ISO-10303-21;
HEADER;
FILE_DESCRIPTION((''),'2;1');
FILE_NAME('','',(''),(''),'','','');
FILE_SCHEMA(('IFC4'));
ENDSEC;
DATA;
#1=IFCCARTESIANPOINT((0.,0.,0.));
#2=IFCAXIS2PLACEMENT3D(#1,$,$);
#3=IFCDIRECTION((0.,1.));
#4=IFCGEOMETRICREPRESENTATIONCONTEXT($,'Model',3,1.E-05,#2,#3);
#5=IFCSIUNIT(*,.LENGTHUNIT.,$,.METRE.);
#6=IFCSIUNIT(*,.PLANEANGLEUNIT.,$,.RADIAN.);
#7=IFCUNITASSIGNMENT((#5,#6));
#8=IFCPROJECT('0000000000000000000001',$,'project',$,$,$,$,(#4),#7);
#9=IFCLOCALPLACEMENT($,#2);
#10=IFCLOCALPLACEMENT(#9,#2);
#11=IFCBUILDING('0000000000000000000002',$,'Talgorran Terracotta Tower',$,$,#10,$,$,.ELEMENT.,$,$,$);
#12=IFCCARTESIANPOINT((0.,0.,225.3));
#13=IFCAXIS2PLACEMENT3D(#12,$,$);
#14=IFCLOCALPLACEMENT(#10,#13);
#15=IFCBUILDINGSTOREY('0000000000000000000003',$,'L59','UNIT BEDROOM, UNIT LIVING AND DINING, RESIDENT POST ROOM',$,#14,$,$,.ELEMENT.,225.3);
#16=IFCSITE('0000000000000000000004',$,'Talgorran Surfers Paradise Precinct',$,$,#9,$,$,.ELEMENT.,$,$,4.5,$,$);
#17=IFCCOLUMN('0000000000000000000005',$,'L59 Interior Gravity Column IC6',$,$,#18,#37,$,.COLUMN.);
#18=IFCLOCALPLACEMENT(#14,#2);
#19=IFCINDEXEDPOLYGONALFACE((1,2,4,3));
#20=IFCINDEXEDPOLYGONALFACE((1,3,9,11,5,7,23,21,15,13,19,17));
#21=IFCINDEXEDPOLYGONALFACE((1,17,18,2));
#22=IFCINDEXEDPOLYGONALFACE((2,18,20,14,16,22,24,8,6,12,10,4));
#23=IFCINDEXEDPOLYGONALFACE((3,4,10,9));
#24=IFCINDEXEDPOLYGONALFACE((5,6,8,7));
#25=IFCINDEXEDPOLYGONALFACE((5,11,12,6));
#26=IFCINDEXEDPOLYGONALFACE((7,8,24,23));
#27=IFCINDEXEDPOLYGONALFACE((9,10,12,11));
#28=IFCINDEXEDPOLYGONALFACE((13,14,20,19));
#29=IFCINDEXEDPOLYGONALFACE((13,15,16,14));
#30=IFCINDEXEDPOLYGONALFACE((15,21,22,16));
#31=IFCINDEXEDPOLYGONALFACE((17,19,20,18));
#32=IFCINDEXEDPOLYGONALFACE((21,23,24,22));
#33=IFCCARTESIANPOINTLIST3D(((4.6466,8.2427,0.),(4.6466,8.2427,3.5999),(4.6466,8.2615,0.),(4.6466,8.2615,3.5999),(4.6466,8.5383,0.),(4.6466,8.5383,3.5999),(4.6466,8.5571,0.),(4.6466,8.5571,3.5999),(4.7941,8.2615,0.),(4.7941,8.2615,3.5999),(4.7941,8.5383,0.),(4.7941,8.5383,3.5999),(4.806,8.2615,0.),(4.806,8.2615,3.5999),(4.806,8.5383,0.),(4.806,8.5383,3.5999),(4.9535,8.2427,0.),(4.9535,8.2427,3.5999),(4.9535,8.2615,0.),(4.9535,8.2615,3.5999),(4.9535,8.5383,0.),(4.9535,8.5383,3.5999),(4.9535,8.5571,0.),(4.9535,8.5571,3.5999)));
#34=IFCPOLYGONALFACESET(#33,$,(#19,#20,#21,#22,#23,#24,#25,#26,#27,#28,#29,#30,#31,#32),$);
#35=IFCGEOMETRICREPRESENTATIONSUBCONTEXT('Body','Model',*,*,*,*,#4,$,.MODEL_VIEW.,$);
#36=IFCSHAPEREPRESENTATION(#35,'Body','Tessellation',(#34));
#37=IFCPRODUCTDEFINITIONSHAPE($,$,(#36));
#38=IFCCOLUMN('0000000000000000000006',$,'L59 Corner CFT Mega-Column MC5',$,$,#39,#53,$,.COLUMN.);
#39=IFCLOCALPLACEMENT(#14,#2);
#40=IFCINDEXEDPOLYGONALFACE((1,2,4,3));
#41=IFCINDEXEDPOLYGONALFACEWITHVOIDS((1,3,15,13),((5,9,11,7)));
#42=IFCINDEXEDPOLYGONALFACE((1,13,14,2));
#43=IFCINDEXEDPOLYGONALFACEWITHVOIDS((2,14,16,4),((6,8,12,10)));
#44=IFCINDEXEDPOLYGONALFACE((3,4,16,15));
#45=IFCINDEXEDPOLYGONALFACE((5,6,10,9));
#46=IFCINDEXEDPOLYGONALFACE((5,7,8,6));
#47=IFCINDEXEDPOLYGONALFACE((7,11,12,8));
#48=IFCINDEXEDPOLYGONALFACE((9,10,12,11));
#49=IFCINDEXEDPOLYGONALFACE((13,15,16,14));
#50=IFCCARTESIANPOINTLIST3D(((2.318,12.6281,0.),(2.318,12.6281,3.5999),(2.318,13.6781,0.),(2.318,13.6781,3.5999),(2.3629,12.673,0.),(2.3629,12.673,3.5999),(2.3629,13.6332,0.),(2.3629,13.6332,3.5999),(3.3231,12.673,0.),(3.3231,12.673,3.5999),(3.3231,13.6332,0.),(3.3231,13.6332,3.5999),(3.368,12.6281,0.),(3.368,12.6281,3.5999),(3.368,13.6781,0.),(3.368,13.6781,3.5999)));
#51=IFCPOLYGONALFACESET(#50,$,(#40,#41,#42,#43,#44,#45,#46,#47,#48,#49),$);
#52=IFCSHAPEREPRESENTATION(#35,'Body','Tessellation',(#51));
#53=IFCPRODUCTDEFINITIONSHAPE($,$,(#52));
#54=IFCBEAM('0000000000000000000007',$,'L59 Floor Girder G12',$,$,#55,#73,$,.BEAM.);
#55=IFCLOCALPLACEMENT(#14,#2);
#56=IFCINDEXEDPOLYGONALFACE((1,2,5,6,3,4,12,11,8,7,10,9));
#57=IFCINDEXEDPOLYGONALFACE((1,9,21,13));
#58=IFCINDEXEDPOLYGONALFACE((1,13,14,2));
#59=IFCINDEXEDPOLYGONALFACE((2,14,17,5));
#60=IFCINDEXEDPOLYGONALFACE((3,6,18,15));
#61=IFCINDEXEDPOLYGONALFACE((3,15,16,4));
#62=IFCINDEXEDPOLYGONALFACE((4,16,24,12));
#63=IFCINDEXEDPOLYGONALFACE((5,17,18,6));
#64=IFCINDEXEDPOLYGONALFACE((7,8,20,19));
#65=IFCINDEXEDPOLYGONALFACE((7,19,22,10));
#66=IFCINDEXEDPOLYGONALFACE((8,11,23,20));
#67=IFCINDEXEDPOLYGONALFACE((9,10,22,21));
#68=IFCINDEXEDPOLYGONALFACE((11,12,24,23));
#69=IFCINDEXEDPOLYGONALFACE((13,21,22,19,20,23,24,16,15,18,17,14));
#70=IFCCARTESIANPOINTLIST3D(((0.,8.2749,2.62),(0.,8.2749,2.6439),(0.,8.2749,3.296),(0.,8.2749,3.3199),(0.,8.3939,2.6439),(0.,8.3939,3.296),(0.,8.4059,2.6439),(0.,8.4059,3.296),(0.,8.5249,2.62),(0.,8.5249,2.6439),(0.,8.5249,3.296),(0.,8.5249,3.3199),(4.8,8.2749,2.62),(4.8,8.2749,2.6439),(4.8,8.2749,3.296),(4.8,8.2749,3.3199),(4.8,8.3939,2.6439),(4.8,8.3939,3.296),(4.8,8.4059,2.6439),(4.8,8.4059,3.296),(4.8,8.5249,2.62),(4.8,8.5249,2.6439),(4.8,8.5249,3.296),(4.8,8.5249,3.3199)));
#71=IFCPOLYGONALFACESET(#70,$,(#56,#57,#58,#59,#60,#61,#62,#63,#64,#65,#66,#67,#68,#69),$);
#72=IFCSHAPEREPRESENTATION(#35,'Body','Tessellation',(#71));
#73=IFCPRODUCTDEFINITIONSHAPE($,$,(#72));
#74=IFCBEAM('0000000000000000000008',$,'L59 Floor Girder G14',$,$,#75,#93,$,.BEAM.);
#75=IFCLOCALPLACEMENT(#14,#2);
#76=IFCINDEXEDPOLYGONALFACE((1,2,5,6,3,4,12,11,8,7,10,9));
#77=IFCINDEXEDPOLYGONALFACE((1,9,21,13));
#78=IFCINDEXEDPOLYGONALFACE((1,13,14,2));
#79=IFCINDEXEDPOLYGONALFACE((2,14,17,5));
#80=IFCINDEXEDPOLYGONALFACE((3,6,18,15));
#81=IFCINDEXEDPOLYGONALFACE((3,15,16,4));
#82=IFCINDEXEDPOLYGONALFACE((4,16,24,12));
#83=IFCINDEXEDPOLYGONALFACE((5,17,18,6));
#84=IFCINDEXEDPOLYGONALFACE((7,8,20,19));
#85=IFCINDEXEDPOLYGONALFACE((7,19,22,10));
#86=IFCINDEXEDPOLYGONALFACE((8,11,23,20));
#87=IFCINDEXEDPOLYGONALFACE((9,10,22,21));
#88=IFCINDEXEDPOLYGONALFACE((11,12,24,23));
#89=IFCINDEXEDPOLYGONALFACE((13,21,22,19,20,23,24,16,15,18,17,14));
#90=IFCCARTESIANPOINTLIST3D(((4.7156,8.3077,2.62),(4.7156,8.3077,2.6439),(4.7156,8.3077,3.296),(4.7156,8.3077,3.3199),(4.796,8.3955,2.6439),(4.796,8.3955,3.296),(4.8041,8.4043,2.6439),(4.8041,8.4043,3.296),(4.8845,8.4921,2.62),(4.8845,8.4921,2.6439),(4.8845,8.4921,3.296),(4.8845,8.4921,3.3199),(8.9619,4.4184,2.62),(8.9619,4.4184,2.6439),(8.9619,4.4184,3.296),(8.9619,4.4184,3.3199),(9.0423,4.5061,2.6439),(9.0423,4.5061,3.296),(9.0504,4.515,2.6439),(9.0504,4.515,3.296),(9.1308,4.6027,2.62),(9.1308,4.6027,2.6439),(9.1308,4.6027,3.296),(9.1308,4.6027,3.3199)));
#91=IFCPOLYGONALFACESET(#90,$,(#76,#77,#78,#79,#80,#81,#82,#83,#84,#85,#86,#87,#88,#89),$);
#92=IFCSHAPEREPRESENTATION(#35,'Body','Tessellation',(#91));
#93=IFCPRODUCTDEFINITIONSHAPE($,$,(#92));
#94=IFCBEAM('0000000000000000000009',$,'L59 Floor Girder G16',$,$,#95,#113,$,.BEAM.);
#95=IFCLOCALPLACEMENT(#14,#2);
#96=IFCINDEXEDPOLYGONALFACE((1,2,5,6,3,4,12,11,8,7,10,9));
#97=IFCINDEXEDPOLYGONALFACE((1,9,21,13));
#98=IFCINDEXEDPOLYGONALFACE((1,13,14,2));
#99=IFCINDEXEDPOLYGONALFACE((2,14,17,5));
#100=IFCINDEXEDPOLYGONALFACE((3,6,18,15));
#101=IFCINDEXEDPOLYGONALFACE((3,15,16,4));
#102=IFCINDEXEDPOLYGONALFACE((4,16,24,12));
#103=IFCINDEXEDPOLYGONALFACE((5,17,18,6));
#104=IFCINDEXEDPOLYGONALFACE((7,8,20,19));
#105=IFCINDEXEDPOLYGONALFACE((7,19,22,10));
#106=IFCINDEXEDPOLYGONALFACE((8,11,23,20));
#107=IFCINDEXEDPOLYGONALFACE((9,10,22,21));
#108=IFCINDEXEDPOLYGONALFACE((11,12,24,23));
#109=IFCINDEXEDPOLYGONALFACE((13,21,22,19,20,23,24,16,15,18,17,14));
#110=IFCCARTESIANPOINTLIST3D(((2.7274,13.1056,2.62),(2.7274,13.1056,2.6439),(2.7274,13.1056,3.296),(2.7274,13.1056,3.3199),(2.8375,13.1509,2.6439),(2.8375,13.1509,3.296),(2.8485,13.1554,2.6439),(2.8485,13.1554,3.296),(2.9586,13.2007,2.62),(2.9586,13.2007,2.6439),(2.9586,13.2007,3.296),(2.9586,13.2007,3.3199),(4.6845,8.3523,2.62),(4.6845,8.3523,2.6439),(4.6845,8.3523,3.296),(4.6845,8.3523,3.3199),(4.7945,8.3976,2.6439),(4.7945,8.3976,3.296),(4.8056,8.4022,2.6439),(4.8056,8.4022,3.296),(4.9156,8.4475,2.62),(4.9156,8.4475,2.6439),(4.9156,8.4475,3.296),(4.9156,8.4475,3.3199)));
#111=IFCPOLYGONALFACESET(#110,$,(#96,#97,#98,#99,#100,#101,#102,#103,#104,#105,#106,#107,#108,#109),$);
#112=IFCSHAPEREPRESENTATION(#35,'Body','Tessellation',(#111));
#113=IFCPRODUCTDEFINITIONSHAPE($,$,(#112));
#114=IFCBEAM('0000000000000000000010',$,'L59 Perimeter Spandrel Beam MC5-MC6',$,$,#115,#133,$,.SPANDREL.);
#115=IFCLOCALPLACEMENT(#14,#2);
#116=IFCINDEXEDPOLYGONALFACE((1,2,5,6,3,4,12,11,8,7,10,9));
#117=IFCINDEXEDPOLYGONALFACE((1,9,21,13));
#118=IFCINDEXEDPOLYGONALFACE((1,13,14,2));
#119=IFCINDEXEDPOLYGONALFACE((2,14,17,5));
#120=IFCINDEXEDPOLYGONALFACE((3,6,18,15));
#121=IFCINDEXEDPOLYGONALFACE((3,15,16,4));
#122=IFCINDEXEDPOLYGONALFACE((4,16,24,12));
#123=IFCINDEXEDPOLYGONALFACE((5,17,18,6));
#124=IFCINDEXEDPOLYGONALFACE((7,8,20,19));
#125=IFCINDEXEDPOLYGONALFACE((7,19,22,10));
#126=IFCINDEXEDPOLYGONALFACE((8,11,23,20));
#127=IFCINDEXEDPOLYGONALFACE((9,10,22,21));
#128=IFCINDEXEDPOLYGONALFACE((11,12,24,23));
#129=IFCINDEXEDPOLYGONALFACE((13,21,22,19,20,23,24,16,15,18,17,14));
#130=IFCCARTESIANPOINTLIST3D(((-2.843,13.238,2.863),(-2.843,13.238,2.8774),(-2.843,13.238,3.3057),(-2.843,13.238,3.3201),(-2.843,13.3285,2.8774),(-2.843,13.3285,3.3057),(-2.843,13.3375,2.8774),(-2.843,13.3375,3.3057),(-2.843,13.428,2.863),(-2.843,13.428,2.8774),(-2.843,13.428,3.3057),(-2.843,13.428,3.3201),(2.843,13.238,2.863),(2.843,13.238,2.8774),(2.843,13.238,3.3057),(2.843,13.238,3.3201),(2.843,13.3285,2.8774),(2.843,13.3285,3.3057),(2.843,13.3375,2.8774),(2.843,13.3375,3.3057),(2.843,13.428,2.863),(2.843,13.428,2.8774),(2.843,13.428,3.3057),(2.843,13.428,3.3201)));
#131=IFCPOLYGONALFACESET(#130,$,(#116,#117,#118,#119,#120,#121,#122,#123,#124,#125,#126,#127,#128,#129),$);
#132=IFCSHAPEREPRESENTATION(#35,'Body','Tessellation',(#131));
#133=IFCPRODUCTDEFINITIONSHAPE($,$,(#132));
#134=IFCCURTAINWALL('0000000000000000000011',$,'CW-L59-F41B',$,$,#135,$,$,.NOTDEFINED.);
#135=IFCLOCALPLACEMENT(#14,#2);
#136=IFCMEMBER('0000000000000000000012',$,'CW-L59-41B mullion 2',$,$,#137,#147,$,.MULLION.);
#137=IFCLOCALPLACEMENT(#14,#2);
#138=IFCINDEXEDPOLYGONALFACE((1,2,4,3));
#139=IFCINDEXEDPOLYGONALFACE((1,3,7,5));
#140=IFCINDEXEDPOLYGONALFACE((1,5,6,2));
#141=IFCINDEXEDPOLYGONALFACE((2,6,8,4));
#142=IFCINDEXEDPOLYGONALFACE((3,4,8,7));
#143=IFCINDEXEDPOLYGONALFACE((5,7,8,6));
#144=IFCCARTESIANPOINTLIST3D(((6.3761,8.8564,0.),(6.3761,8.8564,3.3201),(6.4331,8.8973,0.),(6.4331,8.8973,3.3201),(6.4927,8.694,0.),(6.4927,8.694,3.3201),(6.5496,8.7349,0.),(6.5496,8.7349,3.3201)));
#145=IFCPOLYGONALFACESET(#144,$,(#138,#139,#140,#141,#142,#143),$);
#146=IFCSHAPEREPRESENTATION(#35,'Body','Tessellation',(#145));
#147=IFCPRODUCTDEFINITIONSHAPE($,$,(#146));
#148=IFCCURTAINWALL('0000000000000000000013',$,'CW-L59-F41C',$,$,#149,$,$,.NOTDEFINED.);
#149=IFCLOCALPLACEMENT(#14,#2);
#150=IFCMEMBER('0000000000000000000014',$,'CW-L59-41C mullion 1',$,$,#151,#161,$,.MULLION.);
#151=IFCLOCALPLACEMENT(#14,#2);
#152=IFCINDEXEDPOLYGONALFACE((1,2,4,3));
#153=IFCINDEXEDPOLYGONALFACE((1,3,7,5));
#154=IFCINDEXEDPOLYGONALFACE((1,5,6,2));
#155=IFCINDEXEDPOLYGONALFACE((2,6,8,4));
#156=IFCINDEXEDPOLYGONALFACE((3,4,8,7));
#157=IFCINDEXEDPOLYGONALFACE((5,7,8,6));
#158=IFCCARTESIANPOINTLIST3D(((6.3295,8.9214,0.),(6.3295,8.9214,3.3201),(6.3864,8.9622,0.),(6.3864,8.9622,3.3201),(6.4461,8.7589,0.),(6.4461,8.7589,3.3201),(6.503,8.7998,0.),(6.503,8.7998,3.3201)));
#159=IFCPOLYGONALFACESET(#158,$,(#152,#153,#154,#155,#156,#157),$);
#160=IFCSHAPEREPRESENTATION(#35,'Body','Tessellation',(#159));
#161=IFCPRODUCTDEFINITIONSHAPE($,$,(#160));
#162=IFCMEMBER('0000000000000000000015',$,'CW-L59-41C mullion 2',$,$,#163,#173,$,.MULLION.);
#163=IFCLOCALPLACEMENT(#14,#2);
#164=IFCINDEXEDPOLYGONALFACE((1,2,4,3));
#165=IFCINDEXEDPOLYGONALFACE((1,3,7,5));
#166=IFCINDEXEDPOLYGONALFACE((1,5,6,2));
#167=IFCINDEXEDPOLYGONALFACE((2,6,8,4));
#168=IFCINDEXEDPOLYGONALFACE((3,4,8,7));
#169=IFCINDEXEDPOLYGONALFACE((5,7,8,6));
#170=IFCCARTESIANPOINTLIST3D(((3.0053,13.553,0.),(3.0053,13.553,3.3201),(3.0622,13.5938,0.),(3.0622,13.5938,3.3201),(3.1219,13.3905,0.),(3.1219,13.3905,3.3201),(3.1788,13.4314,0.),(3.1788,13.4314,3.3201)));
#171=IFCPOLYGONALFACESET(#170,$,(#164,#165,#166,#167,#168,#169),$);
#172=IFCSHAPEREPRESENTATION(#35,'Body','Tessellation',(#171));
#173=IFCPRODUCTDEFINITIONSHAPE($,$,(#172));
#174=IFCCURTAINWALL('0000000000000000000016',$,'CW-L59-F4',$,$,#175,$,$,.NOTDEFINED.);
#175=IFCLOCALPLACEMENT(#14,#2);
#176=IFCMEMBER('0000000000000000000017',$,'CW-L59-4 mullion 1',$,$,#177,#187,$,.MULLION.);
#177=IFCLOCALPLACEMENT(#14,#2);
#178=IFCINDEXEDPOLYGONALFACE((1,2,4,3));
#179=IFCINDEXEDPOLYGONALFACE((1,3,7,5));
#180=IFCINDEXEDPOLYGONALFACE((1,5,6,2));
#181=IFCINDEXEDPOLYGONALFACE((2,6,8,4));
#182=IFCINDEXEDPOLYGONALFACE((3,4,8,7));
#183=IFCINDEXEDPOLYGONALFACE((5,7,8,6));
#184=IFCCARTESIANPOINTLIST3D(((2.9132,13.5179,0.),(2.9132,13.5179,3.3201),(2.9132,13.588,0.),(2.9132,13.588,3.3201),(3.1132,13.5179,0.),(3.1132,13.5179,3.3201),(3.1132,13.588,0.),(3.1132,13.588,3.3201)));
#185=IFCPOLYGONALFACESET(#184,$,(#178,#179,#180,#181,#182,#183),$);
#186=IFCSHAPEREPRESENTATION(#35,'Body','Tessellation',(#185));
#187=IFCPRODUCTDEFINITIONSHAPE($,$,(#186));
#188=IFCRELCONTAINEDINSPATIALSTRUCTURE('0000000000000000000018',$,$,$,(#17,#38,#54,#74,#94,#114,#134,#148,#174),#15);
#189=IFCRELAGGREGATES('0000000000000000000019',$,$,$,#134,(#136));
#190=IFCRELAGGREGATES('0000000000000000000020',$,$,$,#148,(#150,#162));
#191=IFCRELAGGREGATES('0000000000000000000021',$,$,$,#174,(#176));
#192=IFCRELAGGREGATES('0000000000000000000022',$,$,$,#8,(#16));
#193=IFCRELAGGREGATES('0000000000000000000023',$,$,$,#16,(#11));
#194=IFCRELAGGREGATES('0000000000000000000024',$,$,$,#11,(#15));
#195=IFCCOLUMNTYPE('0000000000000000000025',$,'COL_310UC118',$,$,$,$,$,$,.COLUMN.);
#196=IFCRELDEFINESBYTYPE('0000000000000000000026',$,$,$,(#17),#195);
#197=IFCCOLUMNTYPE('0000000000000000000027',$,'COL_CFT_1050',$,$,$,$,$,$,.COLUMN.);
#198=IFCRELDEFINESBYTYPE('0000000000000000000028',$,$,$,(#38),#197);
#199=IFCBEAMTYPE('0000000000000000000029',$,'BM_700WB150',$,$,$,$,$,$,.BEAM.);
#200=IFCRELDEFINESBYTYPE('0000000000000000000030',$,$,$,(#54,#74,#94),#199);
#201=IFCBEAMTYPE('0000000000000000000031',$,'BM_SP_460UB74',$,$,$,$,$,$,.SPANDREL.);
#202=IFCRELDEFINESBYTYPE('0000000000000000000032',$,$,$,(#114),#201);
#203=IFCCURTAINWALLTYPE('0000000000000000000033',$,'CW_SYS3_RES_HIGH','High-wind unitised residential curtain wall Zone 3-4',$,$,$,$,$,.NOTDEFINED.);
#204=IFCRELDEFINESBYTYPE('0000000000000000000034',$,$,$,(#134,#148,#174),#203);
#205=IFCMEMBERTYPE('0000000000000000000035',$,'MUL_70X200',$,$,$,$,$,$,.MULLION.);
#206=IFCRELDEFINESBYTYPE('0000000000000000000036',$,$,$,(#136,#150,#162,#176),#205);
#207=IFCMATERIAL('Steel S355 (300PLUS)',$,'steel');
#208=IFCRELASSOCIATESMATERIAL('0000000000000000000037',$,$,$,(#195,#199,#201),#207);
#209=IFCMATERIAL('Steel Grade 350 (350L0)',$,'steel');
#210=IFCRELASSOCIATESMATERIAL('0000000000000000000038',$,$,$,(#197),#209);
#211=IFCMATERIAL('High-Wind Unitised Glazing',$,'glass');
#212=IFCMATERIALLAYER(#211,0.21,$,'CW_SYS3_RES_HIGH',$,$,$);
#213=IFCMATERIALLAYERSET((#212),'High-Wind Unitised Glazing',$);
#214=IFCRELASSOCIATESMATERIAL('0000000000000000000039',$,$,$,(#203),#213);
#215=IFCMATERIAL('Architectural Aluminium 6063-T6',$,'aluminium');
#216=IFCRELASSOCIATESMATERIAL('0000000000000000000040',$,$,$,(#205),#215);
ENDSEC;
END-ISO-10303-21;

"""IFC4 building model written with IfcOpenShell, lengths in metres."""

from ifc_helpers import new_model, si_unit, direction, frame, origin, origin_2d, place, context, subcontext, project, spatial, rectangle, hollow_rectangle, i_section, extrude, material, layer, layer_set, material_profile, profile_set, type_object, element, aggregate, save


model = new_model("IFC4")

# Units and contexts
model_context = context("Model", 3, precision=1e-05, world=origin(), true_north=direction((0.0, 1.0)))
body_context = subcontext(model_context, "Body", "Model", "MODEL_VIEW")
ifc_project = project(units=[si_unit("LENGTHUNIT", "METRE"), si_unit("PLANEANGLEUNIT", "RADIAN")], contexts=[model_context])

# Site, building, storey
site_placement = place(None, origin())
site = spatial("IfcSite", under=ifc_project, at=site_placement, Name="Talgorran Surfers Paradise Precinct", CompositionType="ELEMENT", RefElevation=4.5)
building_placement = place(site_placement, origin())
building = spatial("IfcBuilding", under=site, at=building_placement, Name="Talgorran Terracotta Tower", CompositionType="ELEMENT")
storey_placement = place(building_placement, frame((0.0, 0.0, 225.3)))
storey = spatial("IfcBuildingStorey", under=building, at=storey_placement, Name="L59", Description="UNIT BEDROOM, UNIT LIVING AND DINING, RESIDENT POST ROOM", CompositionType="ELEMENT", Elevation=225.3)

# Columns
ifc_material_1 = material(Name="Steel S355 (300PLUS)", Category="steel")
ifc_material_profile_1 = material_profile(ifc_material_1, i_section(OverallWidth=0.3069, OverallDepth=0.3145, WebThickness=0.012, FlangeThickness=0.0188, at=origin_2d()), Name="310UC118")
ifc_profile_set_1 = profile_set([ifc_material_profile_1], Name="Steel S355 (300PLUS)")
column_type_1 = type_object("IfcColumnType", Name="COL_310UC118", PredefinedType="COLUMN", material=ifc_profile_set_1)
column_1_placement = place(storey_placement, frame((4.8, 8.3999, 0.0), z_axis=(0.0, 0.0, 1.0), x_axis=(1.0, 0.0, 0.0)))
element("IfcColumn", 1, at=column_1_placement, inside=storey, type_object=column_type_1, Name="L59 Interior Gravity Column IC6", PredefinedType="COLUMN", context=body_context, shape_type="SweptSolid", body=[
    extrude(i_section(OverallWidth=0.3069, OverallDepth=0.3145, WebThickness=0.012, FlangeThickness=0.0188, at=origin_2d()), origin(), (0.0, 0.0, 1.0), 3.5999),
])
ifc_material_2 = material(Name="Steel Grade 350 (350L0)", Category="steel")
ifc_material_profile_2 = material_profile(ifc_material_2, hollow_rectangle(XDim=1.05, YDim=1.05, WallThickness=0.0449, at=origin_2d()), Name="CFT1050X1050X45")
ifc_profile_set_2 = profile_set([ifc_material_profile_2], Name="Steel Grade 350 (350L0)")
column_type_2 = type_object("IfcColumnType", Name="COL_CFT_1050", PredefinedType="COLUMN", material=ifc_profile_set_2)
column_2_placement = place(storey_placement, frame((2.843, 13.1531, 0.0), z_axis=(0.0, 0.0, 1.0), x_axis=(1.0, 0.0, 0.0)))
element("IfcColumn", 2, at=column_2_placement, inside=storey, type_object=column_type_2, Name="L59 Corner CFT Mega-Column MC5", PredefinedType="COLUMN", context=body_context, shape_type="SweptSolid", body=[
    extrude(hollow_rectangle(XDim=1.05, YDim=1.05, WallThickness=0.0449, at=origin_2d()), origin(), (0.0, 0.0, 1.0), 3.5999),
])

# Beams
ifc_material_profile_3 = material_profile(ifc_material_1, i_section(OverallWidth=0.25, OverallDepth=0.7, WebThickness=0.012, FlangeThickness=0.0239, at=origin_2d()), Name="700WB150")
ifc_profile_set_3 = profile_set([ifc_material_profile_3], Name="Steel S355 (300PLUS)")
beam_type_1 = type_object("IfcBeamType", Name="BM_700WB150", PredefinedType="BEAM", material=ifc_profile_set_3)
beam_1_placement = place(storey_placement, frame((0.0, 8.3999, 2.97), z_axis=(1.0, 0.0, 0.0), x_axis=(0.0, 1.0, 0.0)))
element("IfcBeam", 3, at=beam_1_placement, inside=storey, type_object=beam_type_1, Name="L59 Floor Girder G12", PredefinedType="BEAM", context=body_context, shape_type="SweptSolid", body=[
    extrude(i_section(OverallWidth=0.25, OverallDepth=0.7, WebThickness=0.012, FlangeThickness=0.0239, at=origin_2d()), origin(), (0.0, 0.0, 1.0), 4.8),
])
beam_2_placement = place(storey_placement, frame((4.8, 8.3999, 2.97), z_axis=(0.73742, -0.675435, 0.0), x_axis=(0.675435, 0.73742, 0.0)))
element("IfcBeam", 4, at=beam_2_placement, inside=storey, type_object=beam_type_1, Name="L59 Floor Girder G14", PredefinedType="BEAM", context=body_context, shape_type="SweptSolid", body=[
    extrude(i_section(OverallWidth=0.25, OverallDepth=0.7, WebThickness=0.012, FlangeThickness=0.0239, at=origin_2d()), origin(), (0.0, 0.0, 1.0), 5.7583),
])
beam_3_placement = place(storey_placement, frame((4.8, 8.3999, 2.97), z_axis=(-0.380724, 0.924689, 0.0), x_axis=(-0.924689, -0.380724, 0.0)))
element("IfcBeam", 5, at=beam_3_placement, inside=storey, type_object=beam_type_1, Name="L59 Floor Girder G16", PredefinedType="BEAM", context=body_context, shape_type="SweptSolid", body=[
    extrude(i_section(OverallWidth=0.25, OverallDepth=0.7, WebThickness=0.012, FlangeThickness=0.0239, at=origin_2d()), origin(), (0.0, 0.0, 1.0), 5.1404),
])
ifc_material_profile_4 = material_profile(ifc_material_1, i_section(OverallWidth=0.1899, OverallDepth=0.457, WebThickness=0.009, FlangeThickness=0.0144, at=origin_2d()), Name="460UB74.6")
ifc_profile_set_4 = profile_set([ifc_material_profile_4], Name="Steel S355 (300PLUS)")
beam_type_2 = type_object("IfcBeamType", Name="BM_SP_460UB74", PredefinedType="SPANDREL", material=ifc_profile_set_4)
beam_4_placement = place(storey_placement, frame((2.843, 13.333, 3.0916), z_axis=(-1.0, 0.0, 0.0), x_axis=(0.0, -1.0, 0.0)))
element("IfcBeam", 6, at=beam_4_placement, inside=storey, type_object=beam_type_2, Name="L59 Perimeter Spandrel Beam MC5-MC6", PredefinedType="SPANDREL", context=body_context, shape_type="SweptSolid", body=[
    extrude(i_section(OverallWidth=0.1899, OverallDepth=0.457, WebThickness=0.009, FlangeThickness=0.0144, at=origin_2d()), origin(), (0.0, 0.0, 1.0), 5.686),
])

# Curtain wall, member
ifc_material_3 = material(Name="High-Wind Unitised Glazing", Category="glass")
ifc_layer_1 = layer(ifc_material_3, 0.21, Name="CW_SYS3_RES_HIGH")
ifc_layer_set_1 = layer_set([ifc_layer_1], Name="High-Wind Unitised Glazing")
curtain_wall_type = type_object("IfcCurtainWallType", Name="CW_SYS3_RES_HIGH", Description="High-wind unitised residential curtain wall Zone 3-4", PredefinedType="NOTDEFINED", material=ifc_layer_set_1)
curtain_wall_1_placement = place(storey_placement, origin())
curtain_wall_1 = element("IfcCurtainWall", 7, at=curtain_wall_1_placement, inside=storey, type_object=curtain_wall_type, Name="CW-L59-F41B", PredefinedType="NOTDEFINED")
ifc_material_4 = material(Name="Architectural Aluminium 6063-T6", Category="aluminium")
ifc_material_profile_5 = material_profile(ifc_material_4, rectangle(XDim=0.0701, YDim=0.2, at=origin_2d()), Name="CWM70X200")
ifc_profile_set_5 = profile_set([ifc_material_profile_5], Name="Architectural Aluminium 6063-T6")
member_type_1 = type_object("IfcMemberType", Name="MUL_70X200", PredefinedType="MULLION", material=ifc_profile_set_5)
member_1_placement = place(storey_placement, frame((6.4629, 8.7957, 0.0), z_axis=(0.0, 0.0, 1.0), x_axis=(-0.81241, -0.583086, 0.0)))
member_1 = element("IfcMember", 8, at=member_1_placement, type_object=member_type_1, Name="CW-L59-41B mullion 2", PredefinedType="MULLION", context=body_context, shape_type="SweptSolid", body=[
    extrude(rectangle(XDim=0.0701, YDim=0.2, at=origin_2d()), origin(), (0.0, 0.0, 1.0), 3.3201),
])

# Curtain wall, members
curtain_wall_2_placement = place(storey_placement, origin())
curtain_wall_2 = element("IfcCurtainWall", 9, at=curtain_wall_2_placement, inside=storey, type_object=curtain_wall_type, Name="CW-L59-F41C", PredefinedType="NOTDEFINED")
member_2_placement = place(storey_placement, frame((6.4163, 8.8606, 0.0), z_axis=(0.0, 0.0, 1.0), x_axis=(-0.812394, -0.583109, 0.0)))
member_2 = element("IfcMember", 10, at=member_2_placement, type_object=member_type_1, Name="CW-L59-41C mullion 1", PredefinedType="MULLION", context=body_context, shape_type="SweptSolid", body=[
    extrude(rectangle(XDim=0.0701, YDim=0.2, at=origin_2d()), origin(), (0.0, 0.0, 1.0), 3.3201),
])
member_3_placement = place(storey_placement, frame((3.092, 13.4922, 0.0), z_axis=(0.0, 0.0, 1.0), x_axis=(-0.812394, -0.583109, 0.0)))
member_3 = element("IfcMember", 11, at=member_3_placement, type_object=member_type_1, Name="CW-L59-41C mullion 2", PredefinedType="MULLION", context=body_context, shape_type="SweptSolid", body=[
    extrude(rectangle(XDim=0.0701, YDim=0.2, at=origin_2d()), origin(), (0.0, 0.0, 1.0), 3.3201),
])

# Curtain wall, member
curtain_wall_3_placement = place(storey_placement, origin())
curtain_wall_3 = element("IfcCurtainWall", 12, at=curtain_wall_3_placement, inside=storey, type_object=curtain_wall_type, Name="CW-L59-F4", PredefinedType="NOTDEFINED")
member_4_placement = place(storey_placement, frame((3.0132, 13.553, 0.0), z_axis=(0.0, 0.0, 1.0), x_axis=(0.0, -1.0, 0.0)))
member_4 = element("IfcMember", 13, at=member_4_placement, type_object=member_type_1, Name="CW-L59-4 mullion 1", PredefinedType="MULLION", context=body_context, shape_type="SweptSolid", body=[
    extrude(rectangle(XDim=0.0701, YDim=0.2, at=origin_2d()), origin(), (0.0, 0.0, 1.0), 3.3201),
])

aggregate(curtain_wall_1, [member_1])
aggregate(curtain_wall_2, [member_2, member_3])
aggregate(curtain_wall_3, [member_4])

save(model, "model.ifc")
